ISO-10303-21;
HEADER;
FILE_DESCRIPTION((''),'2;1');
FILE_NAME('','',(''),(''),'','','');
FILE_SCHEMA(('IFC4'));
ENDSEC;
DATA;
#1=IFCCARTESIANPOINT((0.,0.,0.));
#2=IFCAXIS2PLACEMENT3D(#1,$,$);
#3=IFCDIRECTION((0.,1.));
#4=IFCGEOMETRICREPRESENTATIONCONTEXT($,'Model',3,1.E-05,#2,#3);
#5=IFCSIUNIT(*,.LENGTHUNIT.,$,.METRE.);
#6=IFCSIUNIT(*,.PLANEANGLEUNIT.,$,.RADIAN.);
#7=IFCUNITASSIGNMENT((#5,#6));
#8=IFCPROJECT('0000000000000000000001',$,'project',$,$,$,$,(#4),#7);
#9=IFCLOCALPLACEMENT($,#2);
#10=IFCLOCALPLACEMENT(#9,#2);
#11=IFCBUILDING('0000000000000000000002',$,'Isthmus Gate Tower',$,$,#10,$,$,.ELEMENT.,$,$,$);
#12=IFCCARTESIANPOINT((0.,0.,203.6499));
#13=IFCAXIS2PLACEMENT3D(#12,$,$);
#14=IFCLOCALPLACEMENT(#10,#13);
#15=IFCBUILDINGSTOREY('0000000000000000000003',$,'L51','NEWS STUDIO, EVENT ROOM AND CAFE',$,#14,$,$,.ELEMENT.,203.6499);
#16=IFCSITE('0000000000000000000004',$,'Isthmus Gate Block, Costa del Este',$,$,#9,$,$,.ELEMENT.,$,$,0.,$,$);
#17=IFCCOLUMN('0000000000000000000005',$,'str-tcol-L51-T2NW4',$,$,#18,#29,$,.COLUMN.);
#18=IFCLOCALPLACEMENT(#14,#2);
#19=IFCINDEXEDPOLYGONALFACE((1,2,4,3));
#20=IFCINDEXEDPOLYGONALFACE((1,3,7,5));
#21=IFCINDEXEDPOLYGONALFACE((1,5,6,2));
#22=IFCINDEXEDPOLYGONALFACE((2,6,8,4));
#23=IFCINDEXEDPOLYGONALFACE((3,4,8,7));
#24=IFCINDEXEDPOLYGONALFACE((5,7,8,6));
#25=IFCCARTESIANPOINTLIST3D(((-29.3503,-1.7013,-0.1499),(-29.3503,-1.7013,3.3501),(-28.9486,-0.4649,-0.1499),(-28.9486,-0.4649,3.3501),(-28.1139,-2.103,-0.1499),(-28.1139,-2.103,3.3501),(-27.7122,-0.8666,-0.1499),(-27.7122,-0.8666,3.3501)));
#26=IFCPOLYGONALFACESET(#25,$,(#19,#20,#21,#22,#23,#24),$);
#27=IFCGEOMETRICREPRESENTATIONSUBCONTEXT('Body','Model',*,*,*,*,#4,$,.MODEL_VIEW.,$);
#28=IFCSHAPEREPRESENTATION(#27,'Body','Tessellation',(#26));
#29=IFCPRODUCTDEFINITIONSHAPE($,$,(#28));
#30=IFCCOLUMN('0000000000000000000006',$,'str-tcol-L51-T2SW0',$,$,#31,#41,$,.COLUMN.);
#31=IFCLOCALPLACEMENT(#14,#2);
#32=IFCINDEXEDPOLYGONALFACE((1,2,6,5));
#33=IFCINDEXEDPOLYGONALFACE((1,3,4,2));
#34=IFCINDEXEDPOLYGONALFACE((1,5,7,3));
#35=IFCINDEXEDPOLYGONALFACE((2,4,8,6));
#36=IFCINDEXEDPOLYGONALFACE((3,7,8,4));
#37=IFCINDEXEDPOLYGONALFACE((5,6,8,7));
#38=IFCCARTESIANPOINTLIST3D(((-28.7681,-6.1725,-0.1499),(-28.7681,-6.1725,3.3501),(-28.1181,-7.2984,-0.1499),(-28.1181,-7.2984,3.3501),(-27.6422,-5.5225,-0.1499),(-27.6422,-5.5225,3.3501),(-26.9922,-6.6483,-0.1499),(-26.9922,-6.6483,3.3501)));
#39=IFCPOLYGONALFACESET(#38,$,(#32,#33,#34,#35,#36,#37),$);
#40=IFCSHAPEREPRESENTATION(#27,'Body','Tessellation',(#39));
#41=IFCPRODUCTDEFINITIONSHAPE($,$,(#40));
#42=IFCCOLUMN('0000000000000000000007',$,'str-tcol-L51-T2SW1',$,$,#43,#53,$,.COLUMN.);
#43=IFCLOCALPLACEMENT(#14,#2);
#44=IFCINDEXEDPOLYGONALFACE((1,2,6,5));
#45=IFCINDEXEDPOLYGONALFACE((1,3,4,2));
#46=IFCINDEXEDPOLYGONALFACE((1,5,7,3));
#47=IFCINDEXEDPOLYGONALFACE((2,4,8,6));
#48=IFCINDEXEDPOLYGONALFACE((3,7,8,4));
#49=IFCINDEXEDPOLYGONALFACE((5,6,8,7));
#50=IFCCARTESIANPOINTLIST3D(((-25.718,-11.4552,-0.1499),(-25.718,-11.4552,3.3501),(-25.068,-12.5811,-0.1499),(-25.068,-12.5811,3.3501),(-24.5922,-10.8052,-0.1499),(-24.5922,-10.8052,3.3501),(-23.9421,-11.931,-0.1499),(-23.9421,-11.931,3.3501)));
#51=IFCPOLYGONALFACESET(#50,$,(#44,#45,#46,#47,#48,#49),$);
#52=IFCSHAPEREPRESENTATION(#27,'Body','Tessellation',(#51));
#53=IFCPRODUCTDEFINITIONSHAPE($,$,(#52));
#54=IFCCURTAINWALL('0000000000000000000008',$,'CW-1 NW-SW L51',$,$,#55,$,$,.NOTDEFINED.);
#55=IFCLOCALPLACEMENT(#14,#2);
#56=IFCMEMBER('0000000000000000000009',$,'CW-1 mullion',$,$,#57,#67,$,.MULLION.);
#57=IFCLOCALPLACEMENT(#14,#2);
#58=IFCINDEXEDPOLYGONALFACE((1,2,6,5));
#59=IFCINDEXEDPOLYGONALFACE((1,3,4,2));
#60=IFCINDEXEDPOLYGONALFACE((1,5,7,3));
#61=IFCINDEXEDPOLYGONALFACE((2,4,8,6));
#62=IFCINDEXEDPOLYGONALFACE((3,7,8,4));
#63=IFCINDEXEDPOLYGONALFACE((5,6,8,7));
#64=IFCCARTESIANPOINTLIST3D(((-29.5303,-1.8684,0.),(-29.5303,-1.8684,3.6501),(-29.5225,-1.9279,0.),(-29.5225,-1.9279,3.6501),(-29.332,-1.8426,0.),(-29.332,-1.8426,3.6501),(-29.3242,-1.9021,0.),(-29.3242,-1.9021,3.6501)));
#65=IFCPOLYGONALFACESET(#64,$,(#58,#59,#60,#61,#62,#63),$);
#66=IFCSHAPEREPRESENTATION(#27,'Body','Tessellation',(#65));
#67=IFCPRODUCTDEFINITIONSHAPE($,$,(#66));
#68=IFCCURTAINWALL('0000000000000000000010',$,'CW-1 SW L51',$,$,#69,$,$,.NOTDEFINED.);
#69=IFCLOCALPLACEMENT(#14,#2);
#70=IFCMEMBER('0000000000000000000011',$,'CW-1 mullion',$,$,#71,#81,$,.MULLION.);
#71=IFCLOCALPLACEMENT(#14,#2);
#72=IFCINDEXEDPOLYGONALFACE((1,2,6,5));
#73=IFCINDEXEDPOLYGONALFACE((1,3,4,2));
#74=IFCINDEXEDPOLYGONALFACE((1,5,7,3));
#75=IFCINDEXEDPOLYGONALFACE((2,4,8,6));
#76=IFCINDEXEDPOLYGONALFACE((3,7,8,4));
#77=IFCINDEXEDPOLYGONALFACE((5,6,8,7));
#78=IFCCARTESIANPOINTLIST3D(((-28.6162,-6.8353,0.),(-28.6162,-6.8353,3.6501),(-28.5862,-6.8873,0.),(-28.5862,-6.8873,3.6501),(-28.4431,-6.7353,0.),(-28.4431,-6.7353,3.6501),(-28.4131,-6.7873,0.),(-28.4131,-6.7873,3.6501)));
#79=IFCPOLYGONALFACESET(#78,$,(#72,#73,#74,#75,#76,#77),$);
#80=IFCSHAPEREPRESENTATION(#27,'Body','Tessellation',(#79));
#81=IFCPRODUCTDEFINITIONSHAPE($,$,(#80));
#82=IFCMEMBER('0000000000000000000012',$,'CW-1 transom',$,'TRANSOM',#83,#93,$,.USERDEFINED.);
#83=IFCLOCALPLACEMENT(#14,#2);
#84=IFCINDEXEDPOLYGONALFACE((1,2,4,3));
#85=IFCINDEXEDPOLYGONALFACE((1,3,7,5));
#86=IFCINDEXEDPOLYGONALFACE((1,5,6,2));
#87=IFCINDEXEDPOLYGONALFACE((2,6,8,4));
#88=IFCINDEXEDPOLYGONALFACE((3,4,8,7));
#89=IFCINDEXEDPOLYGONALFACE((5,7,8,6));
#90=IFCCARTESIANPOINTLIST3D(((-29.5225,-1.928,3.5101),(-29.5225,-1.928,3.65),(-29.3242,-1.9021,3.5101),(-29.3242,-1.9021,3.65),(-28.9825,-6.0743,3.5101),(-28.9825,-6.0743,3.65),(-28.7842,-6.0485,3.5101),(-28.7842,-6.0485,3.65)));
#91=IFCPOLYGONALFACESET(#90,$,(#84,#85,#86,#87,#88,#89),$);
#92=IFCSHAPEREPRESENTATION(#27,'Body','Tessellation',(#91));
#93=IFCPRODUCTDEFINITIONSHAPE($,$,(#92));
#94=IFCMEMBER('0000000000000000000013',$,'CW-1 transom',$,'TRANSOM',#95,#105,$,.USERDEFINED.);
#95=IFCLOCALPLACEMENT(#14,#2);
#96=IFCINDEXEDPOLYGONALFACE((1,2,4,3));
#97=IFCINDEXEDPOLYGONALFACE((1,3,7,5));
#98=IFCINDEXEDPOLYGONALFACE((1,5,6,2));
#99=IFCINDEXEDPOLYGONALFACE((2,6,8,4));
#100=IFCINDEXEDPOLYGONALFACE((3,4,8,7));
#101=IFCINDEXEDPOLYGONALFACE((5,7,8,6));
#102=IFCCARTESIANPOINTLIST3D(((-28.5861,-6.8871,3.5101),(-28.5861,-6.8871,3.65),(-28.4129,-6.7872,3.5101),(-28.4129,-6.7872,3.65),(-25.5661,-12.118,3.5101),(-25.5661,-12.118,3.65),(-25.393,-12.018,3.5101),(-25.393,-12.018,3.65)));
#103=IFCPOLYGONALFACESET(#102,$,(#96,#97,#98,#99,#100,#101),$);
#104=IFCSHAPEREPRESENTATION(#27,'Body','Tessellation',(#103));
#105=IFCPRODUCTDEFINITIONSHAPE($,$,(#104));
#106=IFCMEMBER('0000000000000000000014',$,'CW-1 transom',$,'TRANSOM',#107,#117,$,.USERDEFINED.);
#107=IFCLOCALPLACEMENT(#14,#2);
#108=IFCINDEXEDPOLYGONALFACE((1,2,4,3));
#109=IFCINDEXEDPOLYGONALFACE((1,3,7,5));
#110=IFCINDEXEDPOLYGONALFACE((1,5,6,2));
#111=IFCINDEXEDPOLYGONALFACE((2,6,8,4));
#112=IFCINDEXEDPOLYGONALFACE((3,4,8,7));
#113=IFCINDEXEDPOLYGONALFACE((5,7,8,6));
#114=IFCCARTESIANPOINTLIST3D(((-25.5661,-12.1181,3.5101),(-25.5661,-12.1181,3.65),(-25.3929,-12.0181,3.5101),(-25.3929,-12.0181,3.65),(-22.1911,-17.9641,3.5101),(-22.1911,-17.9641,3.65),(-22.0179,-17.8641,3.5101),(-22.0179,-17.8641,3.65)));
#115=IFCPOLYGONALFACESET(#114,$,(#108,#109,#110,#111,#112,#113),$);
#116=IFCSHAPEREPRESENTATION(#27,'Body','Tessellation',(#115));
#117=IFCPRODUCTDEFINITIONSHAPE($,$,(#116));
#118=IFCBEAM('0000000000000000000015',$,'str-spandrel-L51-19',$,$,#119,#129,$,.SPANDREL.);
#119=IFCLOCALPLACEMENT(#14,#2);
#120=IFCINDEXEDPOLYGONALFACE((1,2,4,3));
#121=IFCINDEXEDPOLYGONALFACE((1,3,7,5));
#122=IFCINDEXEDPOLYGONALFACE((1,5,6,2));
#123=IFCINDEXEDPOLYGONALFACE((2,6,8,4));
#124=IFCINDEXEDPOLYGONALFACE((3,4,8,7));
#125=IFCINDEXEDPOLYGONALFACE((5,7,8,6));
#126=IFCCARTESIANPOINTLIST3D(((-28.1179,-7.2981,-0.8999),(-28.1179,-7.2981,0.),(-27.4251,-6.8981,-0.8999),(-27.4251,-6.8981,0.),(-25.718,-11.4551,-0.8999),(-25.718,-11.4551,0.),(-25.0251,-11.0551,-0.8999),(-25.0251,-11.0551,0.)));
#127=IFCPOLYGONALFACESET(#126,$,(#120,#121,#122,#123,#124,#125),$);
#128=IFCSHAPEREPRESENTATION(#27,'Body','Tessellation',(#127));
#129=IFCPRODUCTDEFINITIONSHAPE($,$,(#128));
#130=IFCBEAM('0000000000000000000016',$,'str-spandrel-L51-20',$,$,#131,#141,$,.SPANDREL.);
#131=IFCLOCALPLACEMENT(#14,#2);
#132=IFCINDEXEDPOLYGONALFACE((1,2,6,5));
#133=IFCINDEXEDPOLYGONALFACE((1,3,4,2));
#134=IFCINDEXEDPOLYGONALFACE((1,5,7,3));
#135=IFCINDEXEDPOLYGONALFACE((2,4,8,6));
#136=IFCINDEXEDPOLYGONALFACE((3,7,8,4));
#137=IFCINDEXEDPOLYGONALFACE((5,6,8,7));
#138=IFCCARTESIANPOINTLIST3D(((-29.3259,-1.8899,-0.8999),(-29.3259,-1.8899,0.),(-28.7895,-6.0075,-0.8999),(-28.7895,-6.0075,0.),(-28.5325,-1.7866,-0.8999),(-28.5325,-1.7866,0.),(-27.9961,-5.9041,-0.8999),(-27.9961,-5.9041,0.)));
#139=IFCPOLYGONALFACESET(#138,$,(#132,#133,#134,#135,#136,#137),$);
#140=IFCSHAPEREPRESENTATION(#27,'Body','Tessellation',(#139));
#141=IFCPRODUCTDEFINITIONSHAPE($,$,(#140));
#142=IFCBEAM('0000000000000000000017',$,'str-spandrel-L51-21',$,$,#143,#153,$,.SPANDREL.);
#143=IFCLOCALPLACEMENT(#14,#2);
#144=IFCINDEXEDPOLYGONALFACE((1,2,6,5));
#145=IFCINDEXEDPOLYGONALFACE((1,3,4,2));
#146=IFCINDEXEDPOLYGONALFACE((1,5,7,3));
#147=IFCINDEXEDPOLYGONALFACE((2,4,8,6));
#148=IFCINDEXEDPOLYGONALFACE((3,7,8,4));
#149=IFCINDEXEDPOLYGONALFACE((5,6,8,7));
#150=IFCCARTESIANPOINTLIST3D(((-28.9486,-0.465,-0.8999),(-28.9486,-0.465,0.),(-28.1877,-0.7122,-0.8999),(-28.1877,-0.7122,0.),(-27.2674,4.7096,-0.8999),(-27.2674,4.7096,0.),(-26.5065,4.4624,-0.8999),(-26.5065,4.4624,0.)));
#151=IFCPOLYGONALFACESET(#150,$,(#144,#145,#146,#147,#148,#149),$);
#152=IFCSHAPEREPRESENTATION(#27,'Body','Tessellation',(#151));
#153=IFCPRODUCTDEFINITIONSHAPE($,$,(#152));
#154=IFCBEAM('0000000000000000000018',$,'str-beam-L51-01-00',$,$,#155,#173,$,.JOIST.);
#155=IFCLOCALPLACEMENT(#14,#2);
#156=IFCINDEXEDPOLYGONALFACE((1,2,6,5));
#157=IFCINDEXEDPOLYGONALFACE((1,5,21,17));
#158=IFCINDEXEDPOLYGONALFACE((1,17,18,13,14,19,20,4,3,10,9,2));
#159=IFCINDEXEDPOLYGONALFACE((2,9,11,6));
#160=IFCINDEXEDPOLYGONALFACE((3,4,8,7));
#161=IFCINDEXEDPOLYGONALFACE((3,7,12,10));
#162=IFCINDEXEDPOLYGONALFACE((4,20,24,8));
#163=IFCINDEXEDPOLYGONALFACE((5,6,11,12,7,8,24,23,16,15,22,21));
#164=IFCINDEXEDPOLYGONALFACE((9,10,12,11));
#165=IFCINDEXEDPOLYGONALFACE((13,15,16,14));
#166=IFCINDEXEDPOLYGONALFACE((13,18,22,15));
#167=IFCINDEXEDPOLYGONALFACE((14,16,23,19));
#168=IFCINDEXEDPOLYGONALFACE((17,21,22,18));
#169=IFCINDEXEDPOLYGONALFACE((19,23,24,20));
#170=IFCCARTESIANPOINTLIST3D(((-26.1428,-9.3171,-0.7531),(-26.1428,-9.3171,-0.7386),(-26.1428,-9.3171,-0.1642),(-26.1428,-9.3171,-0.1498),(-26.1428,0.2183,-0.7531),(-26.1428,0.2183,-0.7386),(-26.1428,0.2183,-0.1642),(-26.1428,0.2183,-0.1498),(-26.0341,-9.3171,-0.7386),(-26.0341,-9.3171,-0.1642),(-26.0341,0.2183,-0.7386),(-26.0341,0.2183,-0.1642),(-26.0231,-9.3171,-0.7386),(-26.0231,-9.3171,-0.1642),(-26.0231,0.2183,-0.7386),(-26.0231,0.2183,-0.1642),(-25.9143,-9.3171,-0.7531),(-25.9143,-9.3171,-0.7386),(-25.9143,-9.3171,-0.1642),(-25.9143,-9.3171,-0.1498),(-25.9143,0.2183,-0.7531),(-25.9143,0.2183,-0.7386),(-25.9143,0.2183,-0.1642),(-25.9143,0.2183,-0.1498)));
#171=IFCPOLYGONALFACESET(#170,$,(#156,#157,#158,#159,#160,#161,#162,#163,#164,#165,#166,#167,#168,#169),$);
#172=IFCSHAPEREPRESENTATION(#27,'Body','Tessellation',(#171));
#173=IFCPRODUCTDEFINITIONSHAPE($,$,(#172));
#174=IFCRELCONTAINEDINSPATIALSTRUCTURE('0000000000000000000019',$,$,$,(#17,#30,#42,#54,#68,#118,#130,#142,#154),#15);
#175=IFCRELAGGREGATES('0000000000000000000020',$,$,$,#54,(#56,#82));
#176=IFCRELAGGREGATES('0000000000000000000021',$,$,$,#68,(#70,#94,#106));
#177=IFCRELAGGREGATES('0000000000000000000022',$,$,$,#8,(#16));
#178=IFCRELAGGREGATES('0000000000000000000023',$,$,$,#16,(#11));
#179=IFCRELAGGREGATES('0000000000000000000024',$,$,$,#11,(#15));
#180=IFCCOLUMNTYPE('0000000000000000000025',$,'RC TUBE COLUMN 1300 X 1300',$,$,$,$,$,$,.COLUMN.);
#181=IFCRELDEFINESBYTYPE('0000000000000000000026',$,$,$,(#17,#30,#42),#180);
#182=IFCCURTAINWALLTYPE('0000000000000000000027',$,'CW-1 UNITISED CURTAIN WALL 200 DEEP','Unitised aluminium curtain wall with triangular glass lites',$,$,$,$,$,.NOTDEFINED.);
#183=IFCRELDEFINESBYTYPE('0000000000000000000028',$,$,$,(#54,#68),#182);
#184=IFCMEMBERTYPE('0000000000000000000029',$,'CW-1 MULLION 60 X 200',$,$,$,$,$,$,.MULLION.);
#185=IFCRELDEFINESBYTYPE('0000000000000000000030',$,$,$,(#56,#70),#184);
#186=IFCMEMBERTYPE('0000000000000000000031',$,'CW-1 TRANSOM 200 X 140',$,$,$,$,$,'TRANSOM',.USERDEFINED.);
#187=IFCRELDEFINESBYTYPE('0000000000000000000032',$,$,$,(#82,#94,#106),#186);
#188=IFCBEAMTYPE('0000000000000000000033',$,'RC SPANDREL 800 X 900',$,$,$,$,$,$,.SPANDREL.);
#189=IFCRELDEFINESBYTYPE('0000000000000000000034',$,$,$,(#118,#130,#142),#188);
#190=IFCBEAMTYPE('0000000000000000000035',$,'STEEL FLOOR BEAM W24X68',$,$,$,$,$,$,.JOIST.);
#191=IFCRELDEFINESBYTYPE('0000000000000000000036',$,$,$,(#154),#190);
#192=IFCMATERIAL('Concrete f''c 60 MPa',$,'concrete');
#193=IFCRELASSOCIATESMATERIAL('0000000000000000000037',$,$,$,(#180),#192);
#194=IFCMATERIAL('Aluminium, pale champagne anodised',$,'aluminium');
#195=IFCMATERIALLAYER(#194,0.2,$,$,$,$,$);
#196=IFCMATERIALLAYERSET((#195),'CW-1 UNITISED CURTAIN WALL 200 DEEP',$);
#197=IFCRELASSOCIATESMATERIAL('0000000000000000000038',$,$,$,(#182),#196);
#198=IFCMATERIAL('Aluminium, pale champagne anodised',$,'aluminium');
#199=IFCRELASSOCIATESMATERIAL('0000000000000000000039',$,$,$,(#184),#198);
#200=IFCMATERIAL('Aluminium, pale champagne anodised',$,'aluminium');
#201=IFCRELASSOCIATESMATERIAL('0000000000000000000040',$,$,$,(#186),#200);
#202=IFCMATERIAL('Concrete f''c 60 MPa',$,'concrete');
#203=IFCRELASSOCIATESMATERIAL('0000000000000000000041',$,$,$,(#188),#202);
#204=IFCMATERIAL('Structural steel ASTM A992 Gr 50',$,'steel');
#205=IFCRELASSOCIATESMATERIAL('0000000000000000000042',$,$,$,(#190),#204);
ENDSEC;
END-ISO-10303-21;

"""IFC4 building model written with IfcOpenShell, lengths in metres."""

from ifc_helpers import new_model, si_unit, direction, frame, origin, origin_2d, place, context, subcontext, project, spatial, rectangle, i_section, extrude, material, layer, layer_set, material_profile, profile_set, type_object, element, aggregate, save


model = new_model("IFC4")

# Units and contexts
model_context = context("Model", 3, precision=1e-05, world=origin(), true_north=direction((0.0, 1.0)))
body_context = subcontext(model_context, "Body", "Model", "MODEL_VIEW")
ifc_project = project(units=[si_unit("LENGTHUNIT", "METRE"), si_unit("PLANEANGLEUNIT", "RADIAN")], contexts=[model_context])

# Site, building, storey
site_placement = place(None, origin())
site = spatial("IfcSite", under=ifc_project, at=site_placement, Name="Isthmus Gate Block, Costa del Este", CompositionType="ELEMENT", RefElevation=0.0)
building_placement = place(site_placement, origin())
building = spatial("IfcBuilding", under=site, at=building_placement, Name="Isthmus Gate Tower", CompositionType="ELEMENT")
storey_placement = place(building_placement, frame((0.0, 0.0, 203.6499)))
storey = spatial("IfcBuildingStorey", under=building, at=storey_placement, Name="L51", Description="NEWS STUDIO, EVENT ROOM AND CAFE", CompositionType="ELEMENT", Elevation=203.6499)

# Columns
ifc_material_1 = material(Name="Concrete f'c 60 MPa", Category="concrete")
ifc_material_profile_1 = material_profile(ifc_material_1, rectangle(XDim=1.3, YDim=1.3, at=origin_2d()), Name="RC 1300X1300")
ifc_profile_set_1 = profile_set([ifc_material_profile_1], Name="Concrete f'c 60 MPa")
column_type = type_object("IfcColumnType", Name="RC TUBE COLUMN 1300 X 1300", PredefinedType="COLUMN", material=ifc_profile_set_1)
for number, where, z_axis, x_axis, name in (
    (1, (-28.5312, -1.2839, -0.1499), (0.0, 0.0, 1.0), (-0.309017, -0.951057, 0.0), "str-tcol-L51-T2NW4"),
    (2, (-27.8801, -6.4104, -0.1499), (0.0, 0.0, 1.0), (0.5, -0.866025, 0.0), "str-tcol-L51-T2SW0"),
    (3, (-24.8301, -11.6931, -0.1499), (0.0, 0.0, 1.0), (0.5, -0.866025, 0.0), "str-tcol-L51-T2SW1"),
):
    element("IfcColumn", number, at=place(storey_placement, frame(where, z_axis=z_axis, x_axis=x_axis)), inside=storey, type_object=column_type, Name=name, PredefinedType="COLUMN", context=body_context, shape_type="SweptSolid", body=[
        extrude(rectangle(XDim=1.3, YDim=1.3, at=origin_2d()), origin(), (0.0, 0.0, 1.0), 3.5),
    ])

# Curtain walls, members
ifc_material_2 = material(Name="Aluminium, pale champagne anodised", Category="aluminium")
ifc_layer_1 = layer(ifc_material_2, 0.2)
ifc_layer_set_1 = layer_set([ifc_layer_1], Name="CW-1 UNITISED CURTAIN WALL 200 DEEP")
curtain_wall_type = type_object("IfcCurtainWallType", Name="CW-1 UNITISED CURTAIN WALL 200 DEEP", Description="Unitised aluminium curtain wall with triangular glass lites", PredefinedType="NOTDEFINED", material=ifc_layer_set_1)
curtain_wall_1_placement = place(storey_placement, origin())
curtain_wall_1 = element("IfcCurtainWall", 4, at=curtain_wall_1_placement, inside=storey, type_object=curtain_wall_type, Name="CW-1 NW-SW L51", PredefinedType="NOTDEFINED")
ifc_material_3 = material(Name="Aluminium, pale champagne anodised", Category="aluminium")
ifc_material_profile_2 = material_profile(ifc_material_3, rectangle(XDim=0.0601, YDim=0.2, at=origin_2d()), Name="60x200")
ifc_profile_set_2 = profile_set([ifc_material_profile_2], Name="Aluminium, pale champagne anodised")
member_type_1 = type_object("IfcMemberType", Name="CW-1 MULLION 60 X 200", PredefinedType="MULLION", material=ifc_profile_set_2)
member_1_placement = place(storey_placement, frame((-29.4272, -1.8853, 0.0), z_axis=(0.0, 0.0, 1.0), x_axis=(0.129165, -0.991623, 0.0)))
member_1 = element("IfcMember", 5, at=member_1_placement, type_object=member_type_1, Name="CW-1 mullion", PredefinedType="MULLION", context=body_context, shape_type="SweptSolid", body=[
    extrude(rectangle(XDim=0.0601, YDim=0.2, at=origin_2d()), origin(), (0.0, 0.0, 1.0), 3.6501),
])
curtain_wall_2_placement = place(storey_placement, origin())
curtain_wall_2 = element("IfcCurtainWall", 6, at=curtain_wall_2_placement, inside=storey, type_object=curtain_wall_type, Name="CW-1 SW L51", PredefinedType="NOTDEFINED")
member_2_placement = place(storey_placement, frame((-28.5146, -6.8113, 0.0), z_axis=(0.0, 0.0, 1.0), x_axis=(0.5, -0.866025, 0.0)))
member_2 = element("IfcMember", 7, at=member_2_placement, type_object=member_type_1, Name="CW-1 mullion", PredefinedType="MULLION", context=body_context, shape_type="SweptSolid", body=[
    extrude(rectangle(XDim=0.0601, YDim=0.2, at=origin_2d()), origin(), (0.0, 0.0, 1.0), 3.6501),
])

# Members
ifc_material_4 = material(Name="Aluminium, pale champagne anodised", Category="aluminium")
ifc_material_profile_3 = material_profile(ifc_material_4, rectangle(XDim=0.2, YDim=0.1399, at=origin_2d()), Name="200x140")
ifc_profile_set_3 = profile_set([ifc_material_profile_3], Name="Aluminium, pale champagne anodised")
member_type_2 = type_object("IfcMemberType", Name="CW-1 TRANSOM 200 X 140", ElementType="TRANSOM", PredefinedType="USERDEFINED", material=ifc_profile_set_3)
member_3_placement = place(storey_placement, frame((-29.4233, -1.915, 3.5801), z_axis=(0.129149, -0.991625, 0.0), x_axis=(0.991625, 0.129149, 0.0)))
member_3 = element("IfcMember", 8, at=member_3_placement, type_object=member_type_2, Name="CW-1 transom", ObjectType="TRANSOM", PredefinedType="USERDEFINED", context=body_context, shape_type="SweptSolid", body=[
    extrude(rectangle(XDim=0.2, YDim=0.1399, at=origin_2d()), origin(), (0.0, 0.0, 1.0), 4.1814),
])
member_4_placement = place(storey_placement, frame((-28.4995, -6.8372, 3.5801), z_axis=(0.499991, -0.866031, 0.0), x_axis=(0.866031, 0.499991, 0.0)))
member_4 = element("IfcMember", 9, at=member_4_placement, type_object=member_type_2, Name="CW-1 transom", ObjectType="TRANSOM", PredefinedType="USERDEFINED", context=body_context, shape_type="SweptSolid", body=[
    extrude(rectangle(XDim=0.2, YDim=0.1399, at=origin_2d()), origin(), (0.0, 0.0, 1.0), 6.04),
])
member_5_placement = place(storey_placement, frame((-25.4795, -12.0681, 3.5801), z_axis=(0.499982, -0.866036, 0.0), x_axis=(0.866036, 0.499982, 0.0)))
member_5 = element("IfcMember", 10, at=member_5_placement, type_object=member_type_2, Name="CW-1 transom", ObjectType="TRANSOM", PredefinedType="USERDEFINED", context=body_context, shape_type="SweptSolid", body=[
    extrude(rectangle(XDim=0.2, YDim=0.1399, at=origin_2d()), origin(), (0.0, 0.0, 1.0), 6.7502),
])

# Beams
ifc_material_5 = material(Name="Concrete f'c 60 MPa", Category="concrete")
ifc_material_profile_4 = material_profile(ifc_material_5, rectangle(XDim=0.8, YDim=0.8999, at=origin_2d()), Name="RC 800X900")
ifc_profile_set_4 = profile_set([ifc_material_profile_4], Name="Concrete f'c 60 MPa")
beam_type_1 = type_object("IfcBeamType", Name="RC SPANDREL 800 X 900", PredefinedType="SPANDREL", material=ifc_profile_set_4)
beam_1_placement = place(storey_placement, frame((-25.3716, -11.2551, -0.45), z_axis=(-0.499979, 0.866037, 0.0), x_axis=(-0.866037, -0.499979, 0.0)))
element("IfcBeam", 11, at=beam_1_placement, inside=storey, type_object=beam_type_1, Name="str-spandrel-L51-19", PredefinedType="SPANDREL", context=body_context, shape_type="SweptSolid", body=[
    extrude(rectangle(XDim=0.8, YDim=0.8999, at=origin_2d()), origin(), (0.0, 0.0, 1.0), 4.8),
])
beam_2_placement = place(storey_placement, frame((-28.3928, -5.9558, -0.45), z_axis=(-0.129171, 0.991622, 0.0), x_axis=(-0.991622, -0.129171, 0.0)))
element("IfcBeam", 12, at=beam_2_placement, inside=storey, type_object=beam_type_1, Name="str-spandrel-L51-20", PredefinedType="SPANDREL", context=body_context, shape_type="SweptSolid", body=[
    extrude(rectangle(XDim=0.8, YDim=0.8999, at=origin_2d()), origin(), (0.0, 0.0, 1.0), 4.1523),
])
beam_3_placement = place(storey_placement, frame((-28.5681, -0.5886, -0.45), z_axis=(0.30899, 0.951065, 0.0), x_axis=(-0.951065, 0.30899, 0.0)))
element("IfcBeam", 13, at=beam_3_placement, inside=storey, type_object=beam_type_1, Name="str-spandrel-L51-21", PredefinedType="SPANDREL", context=body_context, shape_type="SweptSolid", body=[
    extrude(rectangle(XDim=0.8, YDim=0.8999, at=origin_2d()), origin(), (0.0, 0.0, 1.0), 5.4409),
])
ifc_material_6 = material(Name="Structural steel ASTM A992 Gr 50", Category="steel")
ifc_material_profile_5 = material_profile(ifc_material_6, i_section(OverallWidth=0.2285, OverallDepth=0.6033, WebThickness=0.011, FlangeThickness=0.0144, at=origin_2d()), Name="W24X68")
ifc_profile_set_5 = profile_set([ifc_material_profile_5], Name="Structural steel ASTM A992 Gr 50")
beam_type_2 = type_object("IfcBeamType", Name="STEEL FLOOR BEAM W24X68", PredefinedType="JOIST", material=ifc_profile_set_5)
beam_4_placement = place(storey_placement, frame((-26.0286, -9.3171, -0.4514), z_axis=(0.0, 1.0, 0.0), x_axis=(-1.0, 0.0, 0.0)))
element("IfcBeam", 14, at=beam_4_placement, inside=storey, type_object=beam_type_2, Name="str-beam-L51-01-00", PredefinedType="JOIST", context=body_context, shape_type="SweptSolid", body=[
    extrude(i_section(OverallWidth=0.2285, OverallDepth=0.6033, WebThickness=0.011, FlangeThickness=0.0144, at=origin_2d()), origin(), (0.0, 0.0, 1.0), 9.5354),
])

aggregate(curtain_wall_1, [member_1, member_3])
aggregate(curtain_wall_2, [member_2, member_4, member_5])

save(model, "model.ifc")
